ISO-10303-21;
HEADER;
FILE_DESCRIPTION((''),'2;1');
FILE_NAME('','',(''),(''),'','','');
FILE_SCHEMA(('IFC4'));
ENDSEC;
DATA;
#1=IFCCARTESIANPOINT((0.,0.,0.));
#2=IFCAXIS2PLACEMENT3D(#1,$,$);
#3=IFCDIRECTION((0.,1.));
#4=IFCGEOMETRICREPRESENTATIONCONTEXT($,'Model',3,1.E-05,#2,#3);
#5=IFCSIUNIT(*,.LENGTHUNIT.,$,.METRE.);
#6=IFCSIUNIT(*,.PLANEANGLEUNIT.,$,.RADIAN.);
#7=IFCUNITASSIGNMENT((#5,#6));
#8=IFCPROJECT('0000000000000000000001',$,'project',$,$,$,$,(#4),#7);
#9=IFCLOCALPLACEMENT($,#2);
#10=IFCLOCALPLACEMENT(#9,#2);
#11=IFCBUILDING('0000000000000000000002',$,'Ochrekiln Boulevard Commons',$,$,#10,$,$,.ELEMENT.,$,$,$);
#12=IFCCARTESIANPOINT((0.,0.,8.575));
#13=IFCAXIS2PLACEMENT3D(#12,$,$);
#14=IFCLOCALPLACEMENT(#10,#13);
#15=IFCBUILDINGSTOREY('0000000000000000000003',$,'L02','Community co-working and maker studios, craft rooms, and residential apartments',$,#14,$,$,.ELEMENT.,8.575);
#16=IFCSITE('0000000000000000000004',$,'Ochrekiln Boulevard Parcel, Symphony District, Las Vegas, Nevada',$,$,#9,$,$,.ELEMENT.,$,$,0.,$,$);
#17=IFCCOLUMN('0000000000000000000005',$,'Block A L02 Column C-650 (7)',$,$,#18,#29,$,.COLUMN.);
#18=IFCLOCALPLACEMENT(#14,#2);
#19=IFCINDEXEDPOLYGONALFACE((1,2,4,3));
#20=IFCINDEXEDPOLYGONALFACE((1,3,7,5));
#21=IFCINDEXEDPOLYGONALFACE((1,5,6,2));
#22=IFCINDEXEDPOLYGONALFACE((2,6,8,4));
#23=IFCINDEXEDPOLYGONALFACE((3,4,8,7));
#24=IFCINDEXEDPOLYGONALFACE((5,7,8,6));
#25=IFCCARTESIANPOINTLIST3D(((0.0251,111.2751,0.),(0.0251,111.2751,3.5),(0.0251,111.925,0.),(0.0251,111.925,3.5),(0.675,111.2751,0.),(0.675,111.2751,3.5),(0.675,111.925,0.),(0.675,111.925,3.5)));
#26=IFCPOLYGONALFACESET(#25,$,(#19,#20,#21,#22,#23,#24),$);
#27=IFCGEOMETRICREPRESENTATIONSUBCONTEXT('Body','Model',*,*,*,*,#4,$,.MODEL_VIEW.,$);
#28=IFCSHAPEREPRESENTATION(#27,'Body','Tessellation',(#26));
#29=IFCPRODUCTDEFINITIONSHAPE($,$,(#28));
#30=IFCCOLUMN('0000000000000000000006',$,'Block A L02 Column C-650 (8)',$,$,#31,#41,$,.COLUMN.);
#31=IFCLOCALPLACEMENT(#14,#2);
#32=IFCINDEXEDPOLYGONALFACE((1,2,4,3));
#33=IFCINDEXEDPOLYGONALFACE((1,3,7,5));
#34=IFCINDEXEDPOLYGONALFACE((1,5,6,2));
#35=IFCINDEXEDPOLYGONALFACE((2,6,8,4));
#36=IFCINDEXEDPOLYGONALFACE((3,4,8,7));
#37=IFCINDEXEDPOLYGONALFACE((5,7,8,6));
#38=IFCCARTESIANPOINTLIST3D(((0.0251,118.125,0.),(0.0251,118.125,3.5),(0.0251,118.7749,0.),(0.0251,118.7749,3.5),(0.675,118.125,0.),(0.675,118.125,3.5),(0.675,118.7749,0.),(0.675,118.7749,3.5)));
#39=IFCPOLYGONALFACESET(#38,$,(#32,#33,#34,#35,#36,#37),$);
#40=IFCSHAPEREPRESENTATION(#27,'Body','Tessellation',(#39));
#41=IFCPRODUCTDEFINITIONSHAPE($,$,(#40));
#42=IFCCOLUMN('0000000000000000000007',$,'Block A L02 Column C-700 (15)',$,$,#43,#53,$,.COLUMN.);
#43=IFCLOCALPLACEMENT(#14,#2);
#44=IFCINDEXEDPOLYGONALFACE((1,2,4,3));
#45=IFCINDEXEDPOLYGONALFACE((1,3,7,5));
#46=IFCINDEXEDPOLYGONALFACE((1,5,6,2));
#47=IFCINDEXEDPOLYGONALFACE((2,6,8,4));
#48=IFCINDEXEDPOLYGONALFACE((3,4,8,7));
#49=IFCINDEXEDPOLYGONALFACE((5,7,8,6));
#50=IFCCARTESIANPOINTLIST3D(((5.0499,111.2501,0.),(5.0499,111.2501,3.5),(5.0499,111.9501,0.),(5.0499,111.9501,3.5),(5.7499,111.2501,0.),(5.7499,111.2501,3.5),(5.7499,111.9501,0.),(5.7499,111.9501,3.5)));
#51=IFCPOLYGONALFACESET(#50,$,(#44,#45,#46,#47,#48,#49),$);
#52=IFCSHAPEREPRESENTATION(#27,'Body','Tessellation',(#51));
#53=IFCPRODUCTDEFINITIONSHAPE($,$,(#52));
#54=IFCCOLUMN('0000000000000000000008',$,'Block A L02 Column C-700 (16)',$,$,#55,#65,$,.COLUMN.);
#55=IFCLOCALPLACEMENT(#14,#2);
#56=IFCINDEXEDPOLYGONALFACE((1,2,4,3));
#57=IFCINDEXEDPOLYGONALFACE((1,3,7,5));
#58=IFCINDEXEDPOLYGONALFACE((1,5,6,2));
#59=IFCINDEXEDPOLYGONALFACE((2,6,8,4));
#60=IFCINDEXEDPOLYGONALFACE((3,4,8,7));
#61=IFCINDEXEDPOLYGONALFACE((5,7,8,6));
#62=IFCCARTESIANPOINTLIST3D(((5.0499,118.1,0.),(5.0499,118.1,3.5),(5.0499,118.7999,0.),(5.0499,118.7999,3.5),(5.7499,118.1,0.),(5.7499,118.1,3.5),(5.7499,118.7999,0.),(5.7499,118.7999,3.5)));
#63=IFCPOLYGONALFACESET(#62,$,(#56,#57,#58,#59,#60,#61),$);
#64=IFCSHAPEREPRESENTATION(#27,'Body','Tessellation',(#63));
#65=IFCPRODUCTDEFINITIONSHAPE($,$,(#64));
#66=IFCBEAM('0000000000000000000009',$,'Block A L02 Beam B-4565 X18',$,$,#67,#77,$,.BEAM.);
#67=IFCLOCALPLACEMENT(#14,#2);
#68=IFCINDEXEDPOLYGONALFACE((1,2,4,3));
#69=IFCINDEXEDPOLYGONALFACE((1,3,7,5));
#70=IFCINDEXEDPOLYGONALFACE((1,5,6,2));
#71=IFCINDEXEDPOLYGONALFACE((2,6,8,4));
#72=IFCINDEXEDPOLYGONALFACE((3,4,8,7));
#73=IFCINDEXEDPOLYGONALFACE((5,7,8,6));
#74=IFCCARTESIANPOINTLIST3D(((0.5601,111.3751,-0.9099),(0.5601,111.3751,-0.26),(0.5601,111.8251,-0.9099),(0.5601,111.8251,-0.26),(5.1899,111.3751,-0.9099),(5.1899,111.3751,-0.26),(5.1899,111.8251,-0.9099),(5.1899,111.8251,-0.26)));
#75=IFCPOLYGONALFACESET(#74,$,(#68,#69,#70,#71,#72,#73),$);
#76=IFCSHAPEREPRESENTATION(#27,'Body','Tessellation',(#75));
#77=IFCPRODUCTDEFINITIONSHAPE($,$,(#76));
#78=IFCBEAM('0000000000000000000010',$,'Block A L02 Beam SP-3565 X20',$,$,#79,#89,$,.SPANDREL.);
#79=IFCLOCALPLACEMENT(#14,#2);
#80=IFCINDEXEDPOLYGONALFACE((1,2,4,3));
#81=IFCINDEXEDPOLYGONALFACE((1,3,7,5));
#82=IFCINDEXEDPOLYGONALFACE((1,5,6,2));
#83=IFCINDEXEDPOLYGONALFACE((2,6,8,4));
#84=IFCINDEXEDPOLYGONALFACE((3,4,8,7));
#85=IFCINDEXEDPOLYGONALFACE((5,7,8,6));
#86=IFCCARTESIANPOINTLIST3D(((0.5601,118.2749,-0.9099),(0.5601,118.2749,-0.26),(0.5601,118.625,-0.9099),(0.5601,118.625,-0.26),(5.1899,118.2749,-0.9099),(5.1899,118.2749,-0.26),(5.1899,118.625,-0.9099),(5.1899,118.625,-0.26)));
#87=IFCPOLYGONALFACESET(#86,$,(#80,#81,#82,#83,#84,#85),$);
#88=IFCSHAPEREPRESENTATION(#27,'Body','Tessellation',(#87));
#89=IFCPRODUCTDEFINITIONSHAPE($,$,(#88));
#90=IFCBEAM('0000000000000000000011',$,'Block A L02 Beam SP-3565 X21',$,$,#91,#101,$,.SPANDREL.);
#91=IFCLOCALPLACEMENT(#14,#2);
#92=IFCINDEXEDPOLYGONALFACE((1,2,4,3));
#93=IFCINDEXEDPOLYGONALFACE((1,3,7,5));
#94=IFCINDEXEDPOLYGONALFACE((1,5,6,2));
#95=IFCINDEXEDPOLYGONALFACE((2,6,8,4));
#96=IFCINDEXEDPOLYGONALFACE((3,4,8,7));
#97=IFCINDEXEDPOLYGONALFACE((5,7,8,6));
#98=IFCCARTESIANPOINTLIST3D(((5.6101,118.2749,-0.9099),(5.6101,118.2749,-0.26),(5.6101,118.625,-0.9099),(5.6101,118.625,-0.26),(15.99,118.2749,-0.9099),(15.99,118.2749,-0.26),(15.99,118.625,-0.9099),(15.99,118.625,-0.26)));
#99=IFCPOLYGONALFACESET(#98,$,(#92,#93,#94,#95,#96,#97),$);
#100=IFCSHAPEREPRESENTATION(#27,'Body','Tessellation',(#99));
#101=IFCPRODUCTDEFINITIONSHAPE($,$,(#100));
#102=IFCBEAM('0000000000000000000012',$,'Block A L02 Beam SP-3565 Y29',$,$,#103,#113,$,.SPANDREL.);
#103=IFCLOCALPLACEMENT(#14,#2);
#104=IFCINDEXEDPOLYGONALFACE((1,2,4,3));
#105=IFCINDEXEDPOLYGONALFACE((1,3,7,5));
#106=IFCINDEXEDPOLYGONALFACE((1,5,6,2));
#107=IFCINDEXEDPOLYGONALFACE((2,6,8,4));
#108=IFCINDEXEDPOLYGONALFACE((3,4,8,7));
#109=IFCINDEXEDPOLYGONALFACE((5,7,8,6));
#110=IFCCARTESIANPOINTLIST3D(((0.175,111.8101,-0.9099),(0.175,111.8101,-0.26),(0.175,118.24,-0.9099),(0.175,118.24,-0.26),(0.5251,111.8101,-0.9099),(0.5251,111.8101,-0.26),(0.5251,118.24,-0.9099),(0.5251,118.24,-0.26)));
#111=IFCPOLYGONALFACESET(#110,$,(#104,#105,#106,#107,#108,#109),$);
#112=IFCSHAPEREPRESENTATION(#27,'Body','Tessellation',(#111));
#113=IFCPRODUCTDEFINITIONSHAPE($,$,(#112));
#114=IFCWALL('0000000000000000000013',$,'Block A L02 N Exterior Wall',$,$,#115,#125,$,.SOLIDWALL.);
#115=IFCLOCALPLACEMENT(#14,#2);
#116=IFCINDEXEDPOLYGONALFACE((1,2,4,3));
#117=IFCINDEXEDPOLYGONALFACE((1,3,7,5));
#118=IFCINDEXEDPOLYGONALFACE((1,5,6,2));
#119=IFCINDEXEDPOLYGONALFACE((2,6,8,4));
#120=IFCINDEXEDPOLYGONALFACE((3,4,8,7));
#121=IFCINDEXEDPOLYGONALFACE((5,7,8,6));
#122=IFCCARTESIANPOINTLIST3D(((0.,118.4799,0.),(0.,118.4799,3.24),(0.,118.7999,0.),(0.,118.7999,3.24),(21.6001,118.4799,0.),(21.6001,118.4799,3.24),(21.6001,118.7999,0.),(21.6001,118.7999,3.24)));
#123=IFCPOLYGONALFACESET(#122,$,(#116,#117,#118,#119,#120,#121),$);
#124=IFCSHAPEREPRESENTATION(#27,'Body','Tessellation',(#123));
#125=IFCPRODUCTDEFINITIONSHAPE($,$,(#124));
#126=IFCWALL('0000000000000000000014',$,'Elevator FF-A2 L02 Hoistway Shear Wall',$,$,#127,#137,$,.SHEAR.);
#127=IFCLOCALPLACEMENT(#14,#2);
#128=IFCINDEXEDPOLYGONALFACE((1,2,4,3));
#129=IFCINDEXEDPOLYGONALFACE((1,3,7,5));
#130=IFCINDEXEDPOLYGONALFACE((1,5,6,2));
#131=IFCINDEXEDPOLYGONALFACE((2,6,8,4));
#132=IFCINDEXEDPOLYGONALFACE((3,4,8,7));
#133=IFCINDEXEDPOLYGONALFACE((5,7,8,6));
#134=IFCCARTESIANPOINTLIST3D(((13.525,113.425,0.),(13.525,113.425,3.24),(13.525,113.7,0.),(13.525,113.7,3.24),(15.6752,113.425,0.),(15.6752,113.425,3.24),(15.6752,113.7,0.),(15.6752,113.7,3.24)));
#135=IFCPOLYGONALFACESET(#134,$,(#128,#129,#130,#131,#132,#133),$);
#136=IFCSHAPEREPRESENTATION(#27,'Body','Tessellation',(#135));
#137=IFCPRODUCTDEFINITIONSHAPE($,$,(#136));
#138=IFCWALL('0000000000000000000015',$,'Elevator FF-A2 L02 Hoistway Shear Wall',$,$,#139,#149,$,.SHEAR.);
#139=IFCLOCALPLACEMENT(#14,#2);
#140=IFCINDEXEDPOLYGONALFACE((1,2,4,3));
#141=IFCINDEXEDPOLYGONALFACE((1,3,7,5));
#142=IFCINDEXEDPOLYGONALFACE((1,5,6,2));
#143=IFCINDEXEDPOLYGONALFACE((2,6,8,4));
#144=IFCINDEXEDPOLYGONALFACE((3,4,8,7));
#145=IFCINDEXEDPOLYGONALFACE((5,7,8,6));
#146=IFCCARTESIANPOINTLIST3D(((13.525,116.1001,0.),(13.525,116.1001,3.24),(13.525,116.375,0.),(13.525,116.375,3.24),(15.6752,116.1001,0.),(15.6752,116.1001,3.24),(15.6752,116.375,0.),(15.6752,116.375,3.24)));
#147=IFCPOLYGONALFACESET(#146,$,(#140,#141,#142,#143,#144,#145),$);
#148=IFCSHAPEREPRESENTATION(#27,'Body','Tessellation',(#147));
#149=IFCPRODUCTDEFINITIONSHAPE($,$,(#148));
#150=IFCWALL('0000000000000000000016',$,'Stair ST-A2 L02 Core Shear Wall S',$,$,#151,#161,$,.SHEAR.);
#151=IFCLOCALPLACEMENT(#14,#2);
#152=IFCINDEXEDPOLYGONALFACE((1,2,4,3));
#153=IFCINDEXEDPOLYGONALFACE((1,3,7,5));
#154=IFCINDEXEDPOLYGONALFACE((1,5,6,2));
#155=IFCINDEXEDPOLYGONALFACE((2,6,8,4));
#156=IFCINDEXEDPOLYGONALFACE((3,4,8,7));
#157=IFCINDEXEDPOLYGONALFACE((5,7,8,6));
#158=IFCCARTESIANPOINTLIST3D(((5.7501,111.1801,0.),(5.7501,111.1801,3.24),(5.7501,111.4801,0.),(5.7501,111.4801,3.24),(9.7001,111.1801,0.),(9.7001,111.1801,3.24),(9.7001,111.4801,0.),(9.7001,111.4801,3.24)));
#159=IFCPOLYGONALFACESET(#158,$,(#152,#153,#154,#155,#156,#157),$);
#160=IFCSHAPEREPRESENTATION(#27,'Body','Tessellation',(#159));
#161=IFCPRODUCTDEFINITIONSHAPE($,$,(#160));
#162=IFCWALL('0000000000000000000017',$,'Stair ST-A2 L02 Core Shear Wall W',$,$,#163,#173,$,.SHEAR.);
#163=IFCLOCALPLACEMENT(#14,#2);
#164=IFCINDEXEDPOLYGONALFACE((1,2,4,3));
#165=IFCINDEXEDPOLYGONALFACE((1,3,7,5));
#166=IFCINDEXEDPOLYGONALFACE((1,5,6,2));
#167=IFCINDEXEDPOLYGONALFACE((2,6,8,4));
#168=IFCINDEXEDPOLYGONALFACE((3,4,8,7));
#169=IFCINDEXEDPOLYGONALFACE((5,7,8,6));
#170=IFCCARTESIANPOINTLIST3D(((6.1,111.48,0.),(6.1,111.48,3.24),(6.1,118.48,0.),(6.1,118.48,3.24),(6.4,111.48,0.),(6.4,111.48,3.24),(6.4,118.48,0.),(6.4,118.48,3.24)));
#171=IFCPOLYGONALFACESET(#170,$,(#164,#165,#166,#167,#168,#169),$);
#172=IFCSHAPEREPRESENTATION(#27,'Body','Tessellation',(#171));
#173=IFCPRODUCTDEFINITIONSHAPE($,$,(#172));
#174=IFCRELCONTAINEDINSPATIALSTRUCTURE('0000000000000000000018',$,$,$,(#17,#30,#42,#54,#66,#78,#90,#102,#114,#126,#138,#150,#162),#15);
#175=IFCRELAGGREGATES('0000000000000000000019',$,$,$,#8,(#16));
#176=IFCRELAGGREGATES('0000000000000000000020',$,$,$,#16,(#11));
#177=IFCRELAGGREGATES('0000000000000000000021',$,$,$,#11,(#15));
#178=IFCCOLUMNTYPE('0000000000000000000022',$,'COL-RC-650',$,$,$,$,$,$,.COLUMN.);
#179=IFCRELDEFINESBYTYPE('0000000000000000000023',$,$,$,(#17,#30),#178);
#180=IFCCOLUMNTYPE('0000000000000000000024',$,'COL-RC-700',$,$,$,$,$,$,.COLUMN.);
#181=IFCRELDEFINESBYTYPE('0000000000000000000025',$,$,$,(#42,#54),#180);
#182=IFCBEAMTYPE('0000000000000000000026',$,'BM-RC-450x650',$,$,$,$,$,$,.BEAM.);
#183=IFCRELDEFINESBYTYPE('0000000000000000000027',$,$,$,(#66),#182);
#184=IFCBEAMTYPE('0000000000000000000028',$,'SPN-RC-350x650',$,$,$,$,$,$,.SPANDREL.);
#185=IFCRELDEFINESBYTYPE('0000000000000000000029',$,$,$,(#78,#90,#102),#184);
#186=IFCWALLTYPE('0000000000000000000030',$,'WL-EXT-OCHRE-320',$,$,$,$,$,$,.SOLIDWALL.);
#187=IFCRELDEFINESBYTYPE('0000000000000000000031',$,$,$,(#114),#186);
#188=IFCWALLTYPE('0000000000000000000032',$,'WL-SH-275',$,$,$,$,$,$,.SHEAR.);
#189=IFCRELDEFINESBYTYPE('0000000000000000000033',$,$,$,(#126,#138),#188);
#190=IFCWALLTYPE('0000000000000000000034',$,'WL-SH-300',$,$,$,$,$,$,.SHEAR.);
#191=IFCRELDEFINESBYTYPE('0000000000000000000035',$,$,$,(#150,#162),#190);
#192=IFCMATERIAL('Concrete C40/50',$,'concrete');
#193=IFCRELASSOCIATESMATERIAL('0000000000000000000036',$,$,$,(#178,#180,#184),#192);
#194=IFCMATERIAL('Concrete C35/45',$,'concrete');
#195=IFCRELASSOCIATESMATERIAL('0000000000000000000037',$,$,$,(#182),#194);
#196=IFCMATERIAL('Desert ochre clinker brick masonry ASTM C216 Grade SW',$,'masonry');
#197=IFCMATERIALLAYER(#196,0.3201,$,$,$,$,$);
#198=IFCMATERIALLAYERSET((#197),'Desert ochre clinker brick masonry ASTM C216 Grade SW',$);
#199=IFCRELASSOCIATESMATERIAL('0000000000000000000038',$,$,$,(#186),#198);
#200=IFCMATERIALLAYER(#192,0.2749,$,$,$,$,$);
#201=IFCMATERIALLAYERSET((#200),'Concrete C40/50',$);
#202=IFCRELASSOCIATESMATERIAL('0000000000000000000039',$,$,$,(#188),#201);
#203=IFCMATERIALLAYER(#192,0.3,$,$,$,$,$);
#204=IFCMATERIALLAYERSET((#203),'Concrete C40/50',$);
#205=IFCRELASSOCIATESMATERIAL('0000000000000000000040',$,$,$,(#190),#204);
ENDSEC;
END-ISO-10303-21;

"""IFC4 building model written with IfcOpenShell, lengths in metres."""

from ifc_helpers import new_model, si_unit, direction, frame, frame_2d, origin, origin_2d, place, context, subcontext, project, spatial, rectangle, extrude, material, layer, layer_set, material_profile, profile_set, type_object, element, save


model = new_model("IFC4")

# Units and contexts
model_context = context("Model", 3, precision=1e-05, world=origin(), true_north=direction((0.0, 1.0)))
body_context = subcontext(model_context, "Body", "Model", "MODEL_VIEW")
ifc_project = project(units=[si_unit("LENGTHUNIT", "METRE"), si_unit("PLANEANGLEUNIT", "RADIAN")], contexts=[model_context])

# Site, building, storey
site_placement = place(None, origin())
site = spatial("IfcSite", under=ifc_project, at=site_placement, Name="Ochrekiln Boulevard Parcel, Symphony District, Las Vegas, Nevada", CompositionType="ELEMENT", RefElevation=0.0)
building_placement = place(site_placement, origin())
building = spatial("IfcBuilding", under=site, at=building_placement, Name="Ochrekiln Boulevard Commons", CompositionType="ELEMENT")
storey_placement = place(building_placement, frame((0.0, 0.0, 8.575)))
storey = spatial("IfcBuildingStorey", under=building, at=storey_placement, Name="L02", Description="Community co-working and maker studios, craft rooms, and residential apartments", CompositionType="ELEMENT", Elevation=8.575)

# Columns
ifc_material_1 = material(Name="Concrete C40/50", Category="concrete")
ifc_material_profile_1 = material_profile(ifc_material_1, rectangle(XDim=0.6499, YDim=0.6499, at=origin_2d()), Name="RC-COL-650x650")
ifc_profile_set_1 = profile_set([ifc_material_profile_1], Name="Concrete C40/50")
column_type_1 = type_object("IfcColumnType", Name="COL-RC-650", PredefinedType="COLUMN", material=ifc_profile_set_1)
for number, where, z_axis, x_axis, name in (
    (1, (0.3501, 111.6001, 0.0), (0.0, 0.0, 1.0), (1.0, 0.0, 0.0), "Block A L02 Column C-650 (7)"),
    (2, (0.3501, 118.45, 0.0), (0.0, 0.0, 1.0), (1.0, 0.0, 0.0), "Block A L02 Column C-650 (8)"),
):
    element("IfcColumn", number, at=place(storey_placement, frame(where, z_axis=z_axis, x_axis=x_axis)), inside=storey, type_object=column_type_1, Name=name, PredefinedType="COLUMN", context=body_context, shape_type="SweptSolid", body=[
        extrude(rectangle(XDim=0.6499, YDim=0.6499, at=origin_2d()), origin(), (0.0, 0.0, 1.0), 3.5),
    ])
ifc_material_profile_2 = material_profile(ifc_material_1, rectangle(XDim=0.7, YDim=0.7, at=origin_2d()), Name="RC-COL-700x700")
ifc_profile_set_2 = profile_set([ifc_material_profile_2], Name="Concrete C40/50")
column_type_2 = type_object("IfcColumnType", Name="COL-RC-700", PredefinedType="COLUMN", material=ifc_profile_set_2)
for number, where, z_axis, x_axis, name in (
    (3, (5.3999, 111.6001, 0.0), (0.0, 0.0, 1.0), (1.0, 0.0, 0.0), "Block A L02 Column C-700 (15)"),
    (4, (5.3999, 118.45, 0.0), (0.0, 0.0, 1.0), (1.0, 0.0, 0.0), "Block A L02 Column C-700 (16)"),
):
    element("IfcColumn", number, at=place(storey_placement, frame(where, z_axis=z_axis, x_axis=x_axis)), inside=storey, type_object=column_type_2, Name=name, PredefinedType="COLUMN", context=body_context, shape_type="SweptSolid", body=[
        extrude(rectangle(XDim=0.7, YDim=0.7, at=origin_2d()), origin(), (0.0, 0.0, 1.0), 3.5),
    ])

# Beams
ifc_material_2 = material(Name="Concrete C35/45", Category="concrete")
ifc_material_profile_3 = material_profile(ifc_material_2, rectangle(XDim=0.45, YDim=0.6499, at=origin_2d()), Name="RC-BM-450x650")
ifc_profile_set_3 = profile_set([ifc_material_profile_3], Name="Concrete C35/45")
beam_type_1 = type_object("IfcBeamType", Name="BM-RC-450x650", PredefinedType="BEAM", material=ifc_profile_set_3)
beam_1_placement = place(storey_placement, frame((0.5601, 111.6001, -0.585), z_axis=(1.0, 0.0, 0.0), x_axis=(0.0, 1.0, 0.0)))
element("IfcBeam", 5, at=beam_1_placement, inside=storey, type_object=beam_type_1, Name="Block A L02 Beam B-4565 X18", PredefinedType="BEAM", context=body_context, shape_type="SweptSolid", body=[
    extrude(rectangle(XDim=0.45, YDim=0.6499, at=origin_2d()), origin(), (0.0, 0.0, 1.0), 4.6299),
])
ifc_material_profile_4 = material_profile(ifc_material_1, rectangle(XDim=0.3501, YDim=0.6499, at=origin_2d()), Name="RC-SPN-350x650")
ifc_profile_set_4 = profile_set([ifc_material_profile_4], Name="Concrete C40/50")
beam_type_2 = type_object("IfcBeamType", Name="SPN-RC-350x650", PredefinedType="SPANDREL", material=ifc_profile_set_4)
beam_2_placement = place(storey_placement, frame((0.5601, 118.45, -0.585), z_axis=(1.0, 0.0, 0.0), x_axis=(0.0, 1.0, 0.0)))
element("IfcBeam", 6, at=beam_2_placement, inside=storey, type_object=beam_type_2, Name="Block A L02 Beam SP-3565 X20", PredefinedType="SPANDREL", context=body_context, shape_type="SweptSolid", body=[
    extrude(rectangle(XDim=0.3501, YDim=0.6499, at=origin_2d()), origin(), (0.0, 0.0, 1.0), 4.6299),
])
beam_3_placement = place(storey_placement, frame((5.6101, 118.45, -0.585), z_axis=(1.0, 0.0, 0.0), x_axis=(0.0, 1.0, 0.0)))
element("IfcBeam", 7, at=beam_3_placement, inside=storey, type_object=beam_type_2, Name="Block A L02 Beam SP-3565 X21", PredefinedType="SPANDREL", context=body_context, shape_type="SweptSolid", body=[
    extrude(rectangle(XDim=0.3501, YDim=0.6499, at=origin_2d()), origin(), (0.0, 0.0, 1.0), 10.3799),
])
beam_4_placement = place(storey_placement, frame((0.3501, 111.8101, -0.585), z_axis=(0.0, 1.0, 0.0), x_axis=(-1.0, 0.0, 0.0)))
element("IfcBeam", 8, at=beam_4_placement, inside=storey, type_object=beam_type_2, Name="Block A L02 Beam SP-3565 Y29", PredefinedType="SPANDREL", context=body_context, shape_type="SweptSolid", body=[
    extrude(rectangle(XDim=0.3501, YDim=0.6499, at=origin_2d()), origin(), (0.0, 0.0, 1.0), 6.4299),
])

# Wall
ifc_material_3 = material(Name="Desert ochre clinker brick masonry ASTM C216 Grade SW", Category="masonry")
ifc_layer_1 = layer(ifc_material_3, 0.3201)
ifc_layer_set_1 = layer_set([ifc_layer_1], Name="Desert ochre clinker brick masonry ASTM C216 Grade SW")
wall_type_1 = type_object("IfcWallType", Name="WL-EXT-OCHRE-320", PredefinedType="SOLIDWALL", material=ifc_layer_set_1)
wall_1_placement = place(storey_placement, frame((0.0, 118.6399, 0.0), z_axis=(0.0, 0.0, 1.0), x_axis=(1.0, 0.0, 0.0)))
element("IfcWall", 9, at=wall_1_placement, inside=storey, type_object=wall_type_1, Name="Block A L02 N Exterior Wall", PredefinedType="SOLIDWALL", context=body_context, shape_type="SweptSolid", body=[
    extrude(rectangle(XDim=21.6001, YDim=0.3201, at=frame_2d((10.8, 0.0))), origin(), (0.0, 0.0, 1.0), 3.24),
])

# Walls
ifc_layer_2 = layer(ifc_material_1, 0.2749)
ifc_layer_set_2 = layer_set([ifc_layer_2], Name="Concrete C40/50")
wall_type_2 = type_object("IfcWallType", Name="WL-SH-275", PredefinedType="SHEAR", material=ifc_layer_set_2)
for number, where, z_axis, x_axis, name in (
    (10, (13.5249, 113.5625, 0.0), (0.0, 0.0, 1.0), (1.0, 0.0, 0.0), "Elevator FF-A2 L02 Hoistway Shear Wall"),
    (11, (13.5249, 116.2375, 0.0), (0.0, 0.0, 1.0), (1.0, 0.0, 0.0), "Elevator FF-A2 L02 Hoistway Shear Wall"),
):
    element("IfcWall", number, at=place(storey_placement, frame(where, z_axis=z_axis, x_axis=x_axis)), inside=storey, type_object=wall_type_2, Name=name, PredefinedType="SHEAR", context=body_context, shape_type="SweptSolid", body=[
        extrude(rectangle(XDim=2.1501, YDim=0.2749, at=frame_2d((1.0752, 0.0))), origin(), (0.0, 0.0, 1.0), 3.24),
    ])

# Walls
ifc_layer_3 = layer(ifc_material_1, 0.3)
ifc_layer_set_3 = layer_set([ifc_layer_3], Name="Concrete C40/50")
wall_type_3 = type_object("IfcWallType", Name="WL-SH-300", PredefinedType="SHEAR", material=ifc_layer_set_3)
wall_2_placement = place(storey_placement, frame((5.75, 111.3301, 0.0), z_axis=(0.0, 0.0, 1.0), x_axis=(1.0, 0.0, 0.0)))
element("IfcWall", 12, at=wall_2_placement, inside=storey, type_object=wall_type_3, Name="Stair ST-A2 L02 Core Shear Wall S", PredefinedType="SHEAR", context=body_context, shape_type="SweptSolid", body=[
    extrude(rectangle(XDim=3.95, YDim=0.3, at=frame_2d((1.9751, 0.0))), origin(), (0.0, 0.0, 1.0), 3.24),
])
wall_3_placement = place(storey_placement, frame((6.25, 111.48, 0.0), z_axis=(0.0, 0.0, 1.0), x_axis=(0.0, 1.0, 0.0)))
element("IfcWall", 13, at=wall_3_placement, inside=storey, type_object=wall_type_3, Name="Stair ST-A2 L02 Core Shear Wall W", PredefinedType="SHEAR", context=body_context, shape_type="SweptSolid", body=[
    extrude(rectangle(XDim=7.0, YDim=0.3, at=frame_2d((3.5, 0.0))), origin(), (0.0, 0.0, 1.0), 3.24),
])

save(model, "model.ifc")
